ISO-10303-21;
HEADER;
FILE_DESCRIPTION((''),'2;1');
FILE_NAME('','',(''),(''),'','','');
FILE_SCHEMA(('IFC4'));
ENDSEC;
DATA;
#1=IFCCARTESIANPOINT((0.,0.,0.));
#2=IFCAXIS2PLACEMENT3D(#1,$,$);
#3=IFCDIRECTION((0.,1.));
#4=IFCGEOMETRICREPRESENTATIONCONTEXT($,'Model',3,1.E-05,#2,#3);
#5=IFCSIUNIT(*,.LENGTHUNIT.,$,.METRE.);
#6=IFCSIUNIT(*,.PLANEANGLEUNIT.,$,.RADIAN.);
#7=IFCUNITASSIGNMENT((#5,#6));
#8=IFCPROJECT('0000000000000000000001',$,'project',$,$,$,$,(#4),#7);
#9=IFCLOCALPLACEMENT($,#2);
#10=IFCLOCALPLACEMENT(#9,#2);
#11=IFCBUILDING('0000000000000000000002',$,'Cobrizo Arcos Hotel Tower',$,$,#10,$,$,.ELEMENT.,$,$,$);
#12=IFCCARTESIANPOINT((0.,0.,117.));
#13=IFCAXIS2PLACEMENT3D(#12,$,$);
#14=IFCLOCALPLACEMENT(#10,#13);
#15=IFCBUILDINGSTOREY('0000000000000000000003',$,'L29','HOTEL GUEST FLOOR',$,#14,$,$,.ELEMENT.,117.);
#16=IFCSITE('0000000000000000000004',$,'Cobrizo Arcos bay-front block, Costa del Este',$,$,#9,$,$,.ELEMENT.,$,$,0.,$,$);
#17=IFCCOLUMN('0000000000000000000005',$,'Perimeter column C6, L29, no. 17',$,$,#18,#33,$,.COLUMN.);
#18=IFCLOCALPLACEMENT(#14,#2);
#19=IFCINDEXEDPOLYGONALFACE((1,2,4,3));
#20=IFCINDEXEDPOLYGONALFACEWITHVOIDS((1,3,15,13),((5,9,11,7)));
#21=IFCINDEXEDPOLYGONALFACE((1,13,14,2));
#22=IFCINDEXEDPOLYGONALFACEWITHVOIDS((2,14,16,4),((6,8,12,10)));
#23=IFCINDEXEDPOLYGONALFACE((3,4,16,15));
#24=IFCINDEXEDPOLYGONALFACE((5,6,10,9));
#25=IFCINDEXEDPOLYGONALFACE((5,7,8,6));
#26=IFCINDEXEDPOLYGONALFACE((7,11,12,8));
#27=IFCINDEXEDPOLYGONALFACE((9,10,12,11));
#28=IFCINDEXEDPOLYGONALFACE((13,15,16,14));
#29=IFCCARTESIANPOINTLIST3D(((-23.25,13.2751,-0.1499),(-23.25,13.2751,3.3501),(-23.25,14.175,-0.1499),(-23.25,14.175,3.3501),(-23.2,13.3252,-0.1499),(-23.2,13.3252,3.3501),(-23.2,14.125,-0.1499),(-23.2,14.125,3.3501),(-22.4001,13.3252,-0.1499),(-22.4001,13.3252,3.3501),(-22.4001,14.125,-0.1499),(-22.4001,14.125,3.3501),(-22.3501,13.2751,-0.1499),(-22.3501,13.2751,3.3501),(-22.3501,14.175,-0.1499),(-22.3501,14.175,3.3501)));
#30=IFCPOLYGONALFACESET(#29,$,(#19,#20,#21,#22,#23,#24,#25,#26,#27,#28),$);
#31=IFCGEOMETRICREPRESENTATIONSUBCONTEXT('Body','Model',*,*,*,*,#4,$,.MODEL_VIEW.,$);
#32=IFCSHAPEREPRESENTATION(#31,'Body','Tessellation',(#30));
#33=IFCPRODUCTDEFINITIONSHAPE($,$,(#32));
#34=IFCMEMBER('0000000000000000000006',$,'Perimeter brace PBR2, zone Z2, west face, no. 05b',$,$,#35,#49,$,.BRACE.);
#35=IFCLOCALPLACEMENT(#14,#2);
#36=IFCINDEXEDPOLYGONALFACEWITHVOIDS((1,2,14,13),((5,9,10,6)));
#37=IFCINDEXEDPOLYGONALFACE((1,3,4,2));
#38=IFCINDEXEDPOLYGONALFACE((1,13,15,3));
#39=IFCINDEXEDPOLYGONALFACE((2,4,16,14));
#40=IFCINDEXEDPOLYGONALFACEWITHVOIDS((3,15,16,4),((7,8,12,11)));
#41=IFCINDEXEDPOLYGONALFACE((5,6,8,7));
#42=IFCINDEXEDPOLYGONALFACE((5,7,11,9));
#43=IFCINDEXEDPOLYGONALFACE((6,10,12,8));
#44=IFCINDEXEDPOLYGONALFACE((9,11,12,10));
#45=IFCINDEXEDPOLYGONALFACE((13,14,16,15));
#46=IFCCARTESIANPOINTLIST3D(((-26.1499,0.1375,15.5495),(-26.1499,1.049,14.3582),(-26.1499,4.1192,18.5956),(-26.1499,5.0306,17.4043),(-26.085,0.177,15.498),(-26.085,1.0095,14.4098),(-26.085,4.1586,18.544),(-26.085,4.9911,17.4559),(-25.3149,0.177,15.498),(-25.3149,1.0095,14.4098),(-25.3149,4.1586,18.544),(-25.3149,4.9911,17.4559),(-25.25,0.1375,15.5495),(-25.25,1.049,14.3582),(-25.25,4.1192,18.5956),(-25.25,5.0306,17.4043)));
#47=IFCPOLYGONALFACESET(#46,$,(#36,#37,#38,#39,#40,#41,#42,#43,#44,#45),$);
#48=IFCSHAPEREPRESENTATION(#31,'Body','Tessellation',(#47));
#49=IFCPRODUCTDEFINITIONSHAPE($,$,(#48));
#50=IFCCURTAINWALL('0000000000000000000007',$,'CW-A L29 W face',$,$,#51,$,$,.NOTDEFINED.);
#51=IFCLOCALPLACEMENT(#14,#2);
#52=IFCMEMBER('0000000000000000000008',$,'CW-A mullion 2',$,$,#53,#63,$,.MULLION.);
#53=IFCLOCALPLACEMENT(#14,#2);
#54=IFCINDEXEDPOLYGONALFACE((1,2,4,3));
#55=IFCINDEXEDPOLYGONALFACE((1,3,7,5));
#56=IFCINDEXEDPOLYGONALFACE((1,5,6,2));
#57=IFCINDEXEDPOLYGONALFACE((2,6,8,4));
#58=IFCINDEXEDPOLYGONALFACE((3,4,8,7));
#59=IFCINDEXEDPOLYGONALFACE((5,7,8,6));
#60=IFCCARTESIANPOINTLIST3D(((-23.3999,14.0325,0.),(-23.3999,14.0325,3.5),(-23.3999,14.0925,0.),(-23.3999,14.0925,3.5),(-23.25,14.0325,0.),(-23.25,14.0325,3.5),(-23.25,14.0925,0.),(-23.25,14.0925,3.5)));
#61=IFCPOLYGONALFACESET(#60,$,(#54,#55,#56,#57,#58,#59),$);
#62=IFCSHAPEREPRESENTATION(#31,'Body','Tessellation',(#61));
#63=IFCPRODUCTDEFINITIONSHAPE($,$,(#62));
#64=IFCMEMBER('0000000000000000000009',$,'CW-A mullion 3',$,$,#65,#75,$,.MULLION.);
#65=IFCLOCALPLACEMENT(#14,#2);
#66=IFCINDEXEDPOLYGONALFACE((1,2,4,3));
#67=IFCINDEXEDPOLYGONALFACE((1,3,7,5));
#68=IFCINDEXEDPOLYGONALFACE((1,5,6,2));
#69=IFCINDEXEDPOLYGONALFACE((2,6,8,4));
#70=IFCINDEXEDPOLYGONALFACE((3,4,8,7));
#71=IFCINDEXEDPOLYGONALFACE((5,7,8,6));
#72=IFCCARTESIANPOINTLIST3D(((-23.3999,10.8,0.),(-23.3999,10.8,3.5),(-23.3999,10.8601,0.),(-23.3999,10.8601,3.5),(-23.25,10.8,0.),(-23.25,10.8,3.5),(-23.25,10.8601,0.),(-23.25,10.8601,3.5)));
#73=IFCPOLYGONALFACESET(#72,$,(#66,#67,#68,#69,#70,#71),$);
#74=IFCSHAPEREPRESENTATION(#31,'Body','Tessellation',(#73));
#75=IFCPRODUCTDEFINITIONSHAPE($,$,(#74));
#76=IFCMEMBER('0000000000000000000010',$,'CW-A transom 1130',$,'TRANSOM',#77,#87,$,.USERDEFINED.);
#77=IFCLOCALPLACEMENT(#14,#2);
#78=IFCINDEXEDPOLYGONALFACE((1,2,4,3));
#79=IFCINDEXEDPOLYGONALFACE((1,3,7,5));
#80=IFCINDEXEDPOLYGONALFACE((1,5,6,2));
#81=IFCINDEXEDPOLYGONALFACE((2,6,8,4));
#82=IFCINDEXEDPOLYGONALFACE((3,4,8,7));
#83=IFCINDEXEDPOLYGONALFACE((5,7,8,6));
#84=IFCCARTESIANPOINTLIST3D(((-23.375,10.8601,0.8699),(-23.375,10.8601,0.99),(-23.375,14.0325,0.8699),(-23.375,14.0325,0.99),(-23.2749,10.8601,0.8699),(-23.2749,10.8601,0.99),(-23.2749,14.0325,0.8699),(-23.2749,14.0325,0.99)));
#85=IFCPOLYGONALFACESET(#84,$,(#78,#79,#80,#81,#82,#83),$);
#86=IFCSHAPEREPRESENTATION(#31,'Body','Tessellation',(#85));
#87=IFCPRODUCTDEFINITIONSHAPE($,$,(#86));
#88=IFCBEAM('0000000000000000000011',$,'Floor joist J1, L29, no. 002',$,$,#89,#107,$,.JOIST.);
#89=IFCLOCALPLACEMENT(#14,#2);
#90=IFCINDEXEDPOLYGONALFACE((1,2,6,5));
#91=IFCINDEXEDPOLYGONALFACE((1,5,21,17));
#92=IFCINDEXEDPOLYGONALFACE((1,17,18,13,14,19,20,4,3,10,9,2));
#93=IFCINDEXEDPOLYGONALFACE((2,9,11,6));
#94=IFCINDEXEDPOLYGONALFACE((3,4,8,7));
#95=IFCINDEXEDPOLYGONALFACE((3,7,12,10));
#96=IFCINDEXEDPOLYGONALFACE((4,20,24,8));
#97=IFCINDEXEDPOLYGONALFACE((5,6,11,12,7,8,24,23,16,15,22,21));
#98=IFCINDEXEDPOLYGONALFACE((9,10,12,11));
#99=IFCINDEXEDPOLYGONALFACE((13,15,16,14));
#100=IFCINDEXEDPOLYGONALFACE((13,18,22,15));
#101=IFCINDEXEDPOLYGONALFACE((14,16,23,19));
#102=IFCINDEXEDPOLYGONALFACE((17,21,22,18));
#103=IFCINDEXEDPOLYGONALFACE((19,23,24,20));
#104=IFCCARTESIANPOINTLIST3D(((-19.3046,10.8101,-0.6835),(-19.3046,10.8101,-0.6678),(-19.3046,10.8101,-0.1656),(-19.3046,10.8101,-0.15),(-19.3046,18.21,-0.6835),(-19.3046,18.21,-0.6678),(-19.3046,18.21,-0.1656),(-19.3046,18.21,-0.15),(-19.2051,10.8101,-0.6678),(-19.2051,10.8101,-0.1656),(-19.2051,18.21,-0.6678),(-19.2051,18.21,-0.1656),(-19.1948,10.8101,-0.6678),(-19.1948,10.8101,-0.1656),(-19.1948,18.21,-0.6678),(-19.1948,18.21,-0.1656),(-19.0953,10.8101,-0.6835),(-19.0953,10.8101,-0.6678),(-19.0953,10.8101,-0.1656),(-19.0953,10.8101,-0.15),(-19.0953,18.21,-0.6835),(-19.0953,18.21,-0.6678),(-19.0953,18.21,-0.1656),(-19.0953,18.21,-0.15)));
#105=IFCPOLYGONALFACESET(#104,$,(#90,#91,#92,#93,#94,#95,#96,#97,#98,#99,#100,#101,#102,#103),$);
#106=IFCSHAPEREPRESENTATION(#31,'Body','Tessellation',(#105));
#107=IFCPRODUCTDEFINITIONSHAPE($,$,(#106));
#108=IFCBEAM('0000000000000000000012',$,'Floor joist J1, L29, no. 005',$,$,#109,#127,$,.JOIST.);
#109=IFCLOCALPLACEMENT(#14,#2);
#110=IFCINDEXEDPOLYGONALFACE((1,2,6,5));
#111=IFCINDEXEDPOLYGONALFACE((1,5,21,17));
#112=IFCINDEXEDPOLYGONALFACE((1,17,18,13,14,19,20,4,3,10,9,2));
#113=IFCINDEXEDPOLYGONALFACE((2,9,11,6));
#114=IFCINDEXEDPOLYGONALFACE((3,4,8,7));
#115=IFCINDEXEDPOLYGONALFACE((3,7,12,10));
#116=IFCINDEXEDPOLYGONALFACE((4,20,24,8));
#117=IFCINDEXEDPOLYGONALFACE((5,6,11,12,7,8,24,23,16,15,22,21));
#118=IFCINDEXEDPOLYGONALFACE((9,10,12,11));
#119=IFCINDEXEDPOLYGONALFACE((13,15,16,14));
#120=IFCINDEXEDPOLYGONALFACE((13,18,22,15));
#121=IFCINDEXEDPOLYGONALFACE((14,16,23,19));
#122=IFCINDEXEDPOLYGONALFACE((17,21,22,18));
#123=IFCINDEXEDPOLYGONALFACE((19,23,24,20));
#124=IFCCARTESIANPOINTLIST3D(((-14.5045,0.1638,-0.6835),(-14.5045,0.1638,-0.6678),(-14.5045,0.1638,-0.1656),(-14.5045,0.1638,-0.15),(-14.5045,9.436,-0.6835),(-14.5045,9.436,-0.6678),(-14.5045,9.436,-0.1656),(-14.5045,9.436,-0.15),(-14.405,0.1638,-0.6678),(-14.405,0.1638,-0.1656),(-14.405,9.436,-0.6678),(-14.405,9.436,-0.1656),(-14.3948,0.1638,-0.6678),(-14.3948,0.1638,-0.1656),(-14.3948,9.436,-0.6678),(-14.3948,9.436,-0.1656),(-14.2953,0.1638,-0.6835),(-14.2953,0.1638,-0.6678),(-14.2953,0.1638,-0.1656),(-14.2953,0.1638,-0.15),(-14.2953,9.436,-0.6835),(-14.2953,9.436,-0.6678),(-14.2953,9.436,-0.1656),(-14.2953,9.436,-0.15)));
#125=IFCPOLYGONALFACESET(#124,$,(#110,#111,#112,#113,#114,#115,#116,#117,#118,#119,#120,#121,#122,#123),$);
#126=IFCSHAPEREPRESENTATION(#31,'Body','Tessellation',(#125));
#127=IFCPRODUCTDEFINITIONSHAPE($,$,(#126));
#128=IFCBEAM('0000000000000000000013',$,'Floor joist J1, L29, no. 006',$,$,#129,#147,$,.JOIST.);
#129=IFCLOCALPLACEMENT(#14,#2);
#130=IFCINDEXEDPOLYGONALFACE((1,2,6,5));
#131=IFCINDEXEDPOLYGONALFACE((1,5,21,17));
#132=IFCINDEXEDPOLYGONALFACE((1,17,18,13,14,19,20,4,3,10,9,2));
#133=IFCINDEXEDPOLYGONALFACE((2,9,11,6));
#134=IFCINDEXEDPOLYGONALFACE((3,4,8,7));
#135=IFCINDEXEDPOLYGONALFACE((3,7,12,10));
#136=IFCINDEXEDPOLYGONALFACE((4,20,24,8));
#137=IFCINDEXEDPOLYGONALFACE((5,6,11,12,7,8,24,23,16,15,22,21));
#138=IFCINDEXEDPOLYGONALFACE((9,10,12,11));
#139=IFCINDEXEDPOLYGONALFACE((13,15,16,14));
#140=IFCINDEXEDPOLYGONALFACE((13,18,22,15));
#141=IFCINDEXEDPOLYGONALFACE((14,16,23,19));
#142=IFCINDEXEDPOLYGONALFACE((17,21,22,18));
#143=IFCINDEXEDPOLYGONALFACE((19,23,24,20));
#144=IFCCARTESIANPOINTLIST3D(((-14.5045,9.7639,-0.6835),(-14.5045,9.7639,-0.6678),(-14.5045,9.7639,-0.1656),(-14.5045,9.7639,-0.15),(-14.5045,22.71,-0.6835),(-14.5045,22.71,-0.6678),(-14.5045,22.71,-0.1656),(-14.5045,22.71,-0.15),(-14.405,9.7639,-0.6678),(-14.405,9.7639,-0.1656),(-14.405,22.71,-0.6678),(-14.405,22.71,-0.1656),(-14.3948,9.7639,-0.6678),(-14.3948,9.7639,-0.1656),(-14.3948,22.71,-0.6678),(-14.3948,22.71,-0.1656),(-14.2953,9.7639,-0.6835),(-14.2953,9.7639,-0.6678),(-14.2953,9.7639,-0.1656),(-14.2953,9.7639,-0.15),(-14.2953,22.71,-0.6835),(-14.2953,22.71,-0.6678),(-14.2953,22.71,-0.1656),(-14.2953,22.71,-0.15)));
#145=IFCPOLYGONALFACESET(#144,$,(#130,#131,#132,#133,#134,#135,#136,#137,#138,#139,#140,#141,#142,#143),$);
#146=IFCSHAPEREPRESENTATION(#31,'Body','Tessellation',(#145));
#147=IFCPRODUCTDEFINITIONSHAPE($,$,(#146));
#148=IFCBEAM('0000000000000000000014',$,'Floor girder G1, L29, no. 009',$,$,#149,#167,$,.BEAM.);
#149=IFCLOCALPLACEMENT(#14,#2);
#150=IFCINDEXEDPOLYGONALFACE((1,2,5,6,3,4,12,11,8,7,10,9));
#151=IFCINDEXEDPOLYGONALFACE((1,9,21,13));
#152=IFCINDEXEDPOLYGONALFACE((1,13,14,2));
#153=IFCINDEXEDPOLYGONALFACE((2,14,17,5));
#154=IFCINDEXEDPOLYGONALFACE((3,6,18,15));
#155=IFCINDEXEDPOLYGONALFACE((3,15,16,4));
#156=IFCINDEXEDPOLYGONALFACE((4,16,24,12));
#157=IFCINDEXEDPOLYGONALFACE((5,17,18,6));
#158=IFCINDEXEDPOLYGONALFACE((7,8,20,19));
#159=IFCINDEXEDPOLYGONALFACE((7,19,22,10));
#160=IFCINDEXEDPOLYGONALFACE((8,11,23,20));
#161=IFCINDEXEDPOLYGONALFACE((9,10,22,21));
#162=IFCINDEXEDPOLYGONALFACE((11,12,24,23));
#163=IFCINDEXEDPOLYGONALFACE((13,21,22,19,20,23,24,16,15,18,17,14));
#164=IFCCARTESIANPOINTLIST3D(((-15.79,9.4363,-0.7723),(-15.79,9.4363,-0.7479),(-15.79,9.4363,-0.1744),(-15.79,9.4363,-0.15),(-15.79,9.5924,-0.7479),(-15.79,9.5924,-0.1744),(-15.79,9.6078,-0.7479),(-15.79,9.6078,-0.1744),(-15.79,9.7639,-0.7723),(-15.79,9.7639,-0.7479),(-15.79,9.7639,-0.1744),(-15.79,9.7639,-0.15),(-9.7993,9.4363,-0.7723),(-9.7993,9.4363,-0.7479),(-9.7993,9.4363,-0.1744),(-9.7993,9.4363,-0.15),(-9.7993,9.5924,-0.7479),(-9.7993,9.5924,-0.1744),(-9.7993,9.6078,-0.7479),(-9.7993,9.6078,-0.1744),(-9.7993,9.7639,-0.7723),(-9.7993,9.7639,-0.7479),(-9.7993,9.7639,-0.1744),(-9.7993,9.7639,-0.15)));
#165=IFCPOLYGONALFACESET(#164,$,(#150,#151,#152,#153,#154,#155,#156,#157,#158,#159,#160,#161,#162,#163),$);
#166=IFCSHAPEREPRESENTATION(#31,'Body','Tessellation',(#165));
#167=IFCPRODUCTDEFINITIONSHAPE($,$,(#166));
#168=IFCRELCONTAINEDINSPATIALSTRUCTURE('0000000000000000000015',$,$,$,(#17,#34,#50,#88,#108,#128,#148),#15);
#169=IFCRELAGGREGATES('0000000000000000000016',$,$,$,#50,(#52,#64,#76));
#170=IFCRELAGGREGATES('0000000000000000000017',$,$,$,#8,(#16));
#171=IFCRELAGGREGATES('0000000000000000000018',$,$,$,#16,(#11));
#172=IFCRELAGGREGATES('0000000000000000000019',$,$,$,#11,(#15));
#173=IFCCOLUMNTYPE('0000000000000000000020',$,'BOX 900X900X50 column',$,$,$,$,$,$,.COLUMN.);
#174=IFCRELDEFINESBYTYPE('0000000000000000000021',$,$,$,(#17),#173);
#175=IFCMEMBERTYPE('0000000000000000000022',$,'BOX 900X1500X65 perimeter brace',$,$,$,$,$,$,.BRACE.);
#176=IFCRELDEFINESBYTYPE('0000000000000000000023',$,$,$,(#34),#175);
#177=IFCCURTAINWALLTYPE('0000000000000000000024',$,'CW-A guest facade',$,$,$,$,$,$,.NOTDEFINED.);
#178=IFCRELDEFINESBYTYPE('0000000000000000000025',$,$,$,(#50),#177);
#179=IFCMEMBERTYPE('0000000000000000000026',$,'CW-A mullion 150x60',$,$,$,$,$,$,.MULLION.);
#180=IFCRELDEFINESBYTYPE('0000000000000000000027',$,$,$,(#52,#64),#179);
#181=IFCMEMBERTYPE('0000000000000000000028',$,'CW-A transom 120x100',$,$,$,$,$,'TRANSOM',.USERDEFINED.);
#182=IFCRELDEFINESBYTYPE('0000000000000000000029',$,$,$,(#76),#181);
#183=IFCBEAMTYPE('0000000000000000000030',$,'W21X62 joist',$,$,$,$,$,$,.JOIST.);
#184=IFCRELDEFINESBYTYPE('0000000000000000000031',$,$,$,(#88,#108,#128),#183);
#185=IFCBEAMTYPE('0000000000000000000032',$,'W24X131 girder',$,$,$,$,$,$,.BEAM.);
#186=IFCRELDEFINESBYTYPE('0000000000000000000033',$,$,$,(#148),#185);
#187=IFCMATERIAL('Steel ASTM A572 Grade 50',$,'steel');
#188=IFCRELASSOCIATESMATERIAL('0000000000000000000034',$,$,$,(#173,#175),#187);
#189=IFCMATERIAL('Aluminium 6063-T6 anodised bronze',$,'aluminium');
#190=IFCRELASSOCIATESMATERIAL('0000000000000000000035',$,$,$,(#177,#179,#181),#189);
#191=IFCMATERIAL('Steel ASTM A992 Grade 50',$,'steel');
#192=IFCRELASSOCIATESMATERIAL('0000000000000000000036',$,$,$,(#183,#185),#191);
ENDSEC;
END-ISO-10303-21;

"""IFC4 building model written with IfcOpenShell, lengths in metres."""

from ifc_helpers import new_model, si_unit, direction, frame, origin, origin_2d, place, context, subcontext, project, spatial, rectangle, hollow_rectangle, i_section, extrude, material, material_profile, profile_set, type_object, element, aggregate, save


model = new_model("IFC4")

# Units and contexts
model_context = context("Model", 3, precision=1e-05, world=origin(), true_north=direction((0.0, 1.0)))
body_context = subcontext(model_context, "Body", "Model", "MODEL_VIEW")
ifc_project = project(units=[si_unit("LENGTHUNIT", "METRE"), si_unit("PLANEANGLEUNIT", "RADIAN")], contexts=[model_context])

# Site, building, storey
site_placement = place(None, origin())
site = spatial("IfcSite", under=ifc_project, at=site_placement, Name="Cobrizo Arcos bay-front block, Costa del Este", CompositionType="ELEMENT", RefElevation=0.0)
building_placement = place(site_placement, origin())
building = spatial("IfcBuilding", under=site, at=building_placement, Name="Cobrizo Arcos Hotel Tower", CompositionType="ELEMENT")
storey_placement = place(building_placement, frame((0.0, 0.0, 117.0)))
storey = spatial("IfcBuildingStorey", under=building, at=storey_placement, Name="L29", Description="HOTEL GUEST FLOOR", CompositionType="ELEMENT", Elevation=117.0)

# Column
ifc_material_1 = material(Name="Steel ASTM A572 Grade 50", Category="steel")
ifc_material_profile_1 = material_profile(ifc_material_1, hollow_rectangle(XDim=0.8999, YDim=0.8999, WallThickness=0.05, at=origin_2d()), Name="BOX 900X900X50")
ifc_profile_set_1 = profile_set([ifc_material_profile_1], Name="Steel ASTM A572 Grade 50")
column_type = type_object("IfcColumnType", Name="BOX 900X900X50 column", PredefinedType="COLUMN", material=ifc_profile_set_1)
column_placement = place(storey_placement, frame((-22.8, 13.7251, -0.1499), z_axis=(0.0, 0.0, 1.0), x_axis=(1.0, 0.0, 0.0)))
element("IfcColumn", 1, at=column_placement, inside=storey, type_object=column_type, Name="Perimeter column C6, L29, no. 17", PredefinedType="COLUMN", context=body_context, shape_type="SweptSolid", body=[
    extrude(hollow_rectangle(XDim=0.8999, YDim=0.8999, WallThickness=0.05, at=origin_2d()), origin(), (0.0, 0.0, 1.0), 3.5),
])

# Member
ifc_material_profile_2 = material_profile(ifc_material_1, hollow_rectangle(XDim=0.8999, YDim=1.5, WallThickness=0.0649, at=origin_2d()), Name="BOX 900X1500X65")
ifc_profile_set_2 = profile_set([ifc_material_profile_2], Name="Steel ASTM A572 Grade 50")
member_type_1 = type_object("IfcMemberType", Name="BOX 900X1500X65 perimeter brace", PredefinedType="BRACE", material=ifc_profile_set_2)
member_1_placement = place(storey_placement, frame((-25.7, 0.5933, 14.9539), z_axis=(0.0, 0.794231, 0.607616), x_axis=(-1.0, 0.0, 0.0)))
element("IfcMember", 2, at=member_1_placement, inside=storey, type_object=member_type_1, Name="Perimeter brace PBR2, zone Z2, west face, no. 05b", PredefinedType="BRACE", context=body_context, shape_type="SweptSolid", body=[
    extrude(hollow_rectangle(XDim=0.8999, YDim=1.5, WallThickness=0.0649, at=origin_2d()), origin(), (0.0, 0.0, 1.0), 5.0132),
])

# Curtain wall, members
ifc_material_2 = material(Name="Aluminium 6063-T6 anodised bronze", Category="aluminium")
curtain_wall_type = type_object("IfcCurtainWallType", Name="CW-A guest facade", PredefinedType="NOTDEFINED", material=ifc_material_2)
curtain_wall_placement = place(storey_placement, origin())
curtain_wall = element("IfcCurtainWall", 3, at=curtain_wall_placement, inside=storey, type_object=curtain_wall_type, Name="CW-A L29 W face", PredefinedType="NOTDEFINED")
ifc_material_profile_3 = material_profile(ifc_material_2, rectangle(XDim=0.1499, YDim=0.0601, at=origin_2d()), Name="CW-A mullion 150x60")
ifc_profile_set_3 = profile_set([ifc_material_profile_3], Name="Aluminium 6063-T6 anodised bronze")
member_type_2 = type_object("IfcMemberType", Name="CW-A mullion 150x60", PredefinedType="MULLION", material=ifc_profile_set_3)
member_2_placement = place(storey_placement, frame((-23.325, 14.0625, 0.0), z_axis=(0.0, 0.0, 1.0), x_axis=(-1.0, 0.0, 0.0)))
member_2 = element("IfcMember", 4, at=member_2_placement, type_object=member_type_2, Name="CW-A mullion 2", PredefinedType="MULLION", context=body_context, shape_type="SweptSolid", body=[
    extrude(rectangle(XDim=0.1499, YDim=0.0601, at=origin_2d()), origin(), (0.0, 0.0, 1.0), 3.5),
])
member_3_placement = place(storey_placement, frame((-23.325, 10.8301, 0.0), z_axis=(0.0, 0.0, 1.0), x_axis=(-1.0, 0.0, 0.0)))
member_3 = element("IfcMember", 5, at=member_3_placement, type_object=member_type_2, Name="CW-A mullion 3", PredefinedType="MULLION", context=body_context, shape_type="SweptSolid", body=[
    extrude(rectangle(XDim=0.1499, YDim=0.0601, at=origin_2d()), origin(), (0.0, 0.0, 1.0), 3.5),
])
ifc_material_profile_4 = material_profile(ifc_material_2, rectangle(XDim=0.1001, YDim=0.1201, at=origin_2d()), Name="CW-A transom 120x100")
ifc_profile_set_4 = profile_set([ifc_material_profile_4], Name="Aluminium 6063-T6 anodised bronze")
member_type_3 = type_object("IfcMemberType", Name="CW-A transom 120x100", ElementType="TRANSOM", PredefinedType="USERDEFINED", material=ifc_profile_set_4)
member_4_placement = place(storey_placement, frame((-23.325, 14.0325, 0.9299), z_axis=(0.0, -1.0, 0.0), x_axis=(1.0, 0.0, 0.0)))
member_4 = element("IfcMember", 6, at=member_4_placement, type_object=member_type_3, Name="CW-A transom 1130", ObjectType="TRANSOM", PredefinedType="USERDEFINED", context=body_context, shape_type="SweptSolid", body=[
    extrude(rectangle(XDim=0.1001, YDim=0.1201, at=origin_2d()), origin(), (0.0, 0.0, 1.0), 3.1724),
])

# Beams
ifc_material_3 = material(Name="Steel ASTM A992 Grade 50", Category="steel")
ifc_material_profile_5 = material_profile(ifc_material_3, i_section(OverallWidth=0.2092, OverallDepth=0.5334, WebThickness=0.0103, FlangeThickness=0.0156, at=origin_2d()), Name="W21X62")
ifc_profile_set_5 = profile_set([ifc_material_profile_5], Name="Steel ASTM A992 Grade 50")
beam_type_1 = type_object("IfcBeamType", Name="W21X62 joist", PredefinedType="JOIST", material=ifc_profile_set_5)
beam_1_placement = place(storey_placement, frame((-19.2, 10.8101, -0.4167), z_axis=(0.0, 1.0, 0.0), x_axis=(-1.0, 0.0, 0.0)))
element("IfcBeam", 7, at=beam_1_placement, inside=storey, type_object=beam_type_1, Name="Floor joist J1, L29, no. 002", PredefinedType="JOIST", context=body_context, shape_type="SweptSolid", body=[
    extrude(i_section(OverallWidth=0.2092, OverallDepth=0.5334, WebThickness=0.0103, FlangeThickness=0.0156, at=origin_2d()), origin(), (0.0, 0.0, 1.0), 7.3999),
])
beam_2_placement = place(storey_placement, frame((-14.3999, 0.1638, -0.4167), z_axis=(0.0, 1.0, 0.0), x_axis=(-1.0, 0.0, 0.0)))
element("IfcBeam", 8, at=beam_2_placement, inside=storey, type_object=beam_type_1, Name="Floor joist J1, L29, no. 005", PredefinedType="JOIST", context=body_context, shape_type="SweptSolid", body=[
    extrude(i_section(OverallWidth=0.2092, OverallDepth=0.5334, WebThickness=0.0103, FlangeThickness=0.0156, at=origin_2d()), origin(), (0.0, 0.0, 1.0), 9.2722),
])
beam_3_placement = place(storey_placement, frame((-14.3999, 9.7639, -0.4167), z_axis=(0.0, 1.0, 0.0), x_axis=(-1.0, 0.0, 0.0)))
element("IfcBeam", 9, at=beam_3_placement, inside=storey, type_object=beam_type_1, Name="Floor joist J1, L29, no. 006", PredefinedType="JOIST", context=body_context, shape_type="SweptSolid", body=[
    extrude(i_section(OverallWidth=0.2092, OverallDepth=0.5334, WebThickness=0.0103, FlangeThickness=0.0156, at=origin_2d()), origin(), (0.0, 0.0, 1.0), 12.946),
])
ifc_material_profile_6 = material_profile(ifc_material_3, i_section(OverallWidth=0.3276, OverallDepth=0.6223, WebThickness=0.0154, FlangeThickness=0.0244, at=origin_2d()), Name="W24X131")
ifc_profile_set_6 = profile_set([ifc_material_profile_6], Name="Steel ASTM A992 Grade 50")
beam_type_2 = type_object("IfcBeamType", Name="W24X131 girder", PredefinedType="BEAM", material=ifc_profile_set_6)
beam_4_placement = place(storey_placement, frame((-15.79, 9.6001, -0.4612), z_axis=(1.0, 0.0, 0.0), x_axis=(0.0, 1.0, 0.0)))
element("IfcBeam", 10, at=beam_4_placement, inside=storey, type_object=beam_type_2, Name="Floor girder G1, L29, no. 009", PredefinedType="BEAM", context=body_context, shape_type="SweptSolid", body=[
    extrude(i_section(OverallWidth=0.3276, OverallDepth=0.6223, WebThickness=0.0154, FlangeThickness=0.0244, at=origin_2d()), origin(), (0.0, 0.0, 1.0), 5.9907),
])

aggregate(curtain_wall, [member_2, member_3, member_4])

save(model, "model.ifc")
